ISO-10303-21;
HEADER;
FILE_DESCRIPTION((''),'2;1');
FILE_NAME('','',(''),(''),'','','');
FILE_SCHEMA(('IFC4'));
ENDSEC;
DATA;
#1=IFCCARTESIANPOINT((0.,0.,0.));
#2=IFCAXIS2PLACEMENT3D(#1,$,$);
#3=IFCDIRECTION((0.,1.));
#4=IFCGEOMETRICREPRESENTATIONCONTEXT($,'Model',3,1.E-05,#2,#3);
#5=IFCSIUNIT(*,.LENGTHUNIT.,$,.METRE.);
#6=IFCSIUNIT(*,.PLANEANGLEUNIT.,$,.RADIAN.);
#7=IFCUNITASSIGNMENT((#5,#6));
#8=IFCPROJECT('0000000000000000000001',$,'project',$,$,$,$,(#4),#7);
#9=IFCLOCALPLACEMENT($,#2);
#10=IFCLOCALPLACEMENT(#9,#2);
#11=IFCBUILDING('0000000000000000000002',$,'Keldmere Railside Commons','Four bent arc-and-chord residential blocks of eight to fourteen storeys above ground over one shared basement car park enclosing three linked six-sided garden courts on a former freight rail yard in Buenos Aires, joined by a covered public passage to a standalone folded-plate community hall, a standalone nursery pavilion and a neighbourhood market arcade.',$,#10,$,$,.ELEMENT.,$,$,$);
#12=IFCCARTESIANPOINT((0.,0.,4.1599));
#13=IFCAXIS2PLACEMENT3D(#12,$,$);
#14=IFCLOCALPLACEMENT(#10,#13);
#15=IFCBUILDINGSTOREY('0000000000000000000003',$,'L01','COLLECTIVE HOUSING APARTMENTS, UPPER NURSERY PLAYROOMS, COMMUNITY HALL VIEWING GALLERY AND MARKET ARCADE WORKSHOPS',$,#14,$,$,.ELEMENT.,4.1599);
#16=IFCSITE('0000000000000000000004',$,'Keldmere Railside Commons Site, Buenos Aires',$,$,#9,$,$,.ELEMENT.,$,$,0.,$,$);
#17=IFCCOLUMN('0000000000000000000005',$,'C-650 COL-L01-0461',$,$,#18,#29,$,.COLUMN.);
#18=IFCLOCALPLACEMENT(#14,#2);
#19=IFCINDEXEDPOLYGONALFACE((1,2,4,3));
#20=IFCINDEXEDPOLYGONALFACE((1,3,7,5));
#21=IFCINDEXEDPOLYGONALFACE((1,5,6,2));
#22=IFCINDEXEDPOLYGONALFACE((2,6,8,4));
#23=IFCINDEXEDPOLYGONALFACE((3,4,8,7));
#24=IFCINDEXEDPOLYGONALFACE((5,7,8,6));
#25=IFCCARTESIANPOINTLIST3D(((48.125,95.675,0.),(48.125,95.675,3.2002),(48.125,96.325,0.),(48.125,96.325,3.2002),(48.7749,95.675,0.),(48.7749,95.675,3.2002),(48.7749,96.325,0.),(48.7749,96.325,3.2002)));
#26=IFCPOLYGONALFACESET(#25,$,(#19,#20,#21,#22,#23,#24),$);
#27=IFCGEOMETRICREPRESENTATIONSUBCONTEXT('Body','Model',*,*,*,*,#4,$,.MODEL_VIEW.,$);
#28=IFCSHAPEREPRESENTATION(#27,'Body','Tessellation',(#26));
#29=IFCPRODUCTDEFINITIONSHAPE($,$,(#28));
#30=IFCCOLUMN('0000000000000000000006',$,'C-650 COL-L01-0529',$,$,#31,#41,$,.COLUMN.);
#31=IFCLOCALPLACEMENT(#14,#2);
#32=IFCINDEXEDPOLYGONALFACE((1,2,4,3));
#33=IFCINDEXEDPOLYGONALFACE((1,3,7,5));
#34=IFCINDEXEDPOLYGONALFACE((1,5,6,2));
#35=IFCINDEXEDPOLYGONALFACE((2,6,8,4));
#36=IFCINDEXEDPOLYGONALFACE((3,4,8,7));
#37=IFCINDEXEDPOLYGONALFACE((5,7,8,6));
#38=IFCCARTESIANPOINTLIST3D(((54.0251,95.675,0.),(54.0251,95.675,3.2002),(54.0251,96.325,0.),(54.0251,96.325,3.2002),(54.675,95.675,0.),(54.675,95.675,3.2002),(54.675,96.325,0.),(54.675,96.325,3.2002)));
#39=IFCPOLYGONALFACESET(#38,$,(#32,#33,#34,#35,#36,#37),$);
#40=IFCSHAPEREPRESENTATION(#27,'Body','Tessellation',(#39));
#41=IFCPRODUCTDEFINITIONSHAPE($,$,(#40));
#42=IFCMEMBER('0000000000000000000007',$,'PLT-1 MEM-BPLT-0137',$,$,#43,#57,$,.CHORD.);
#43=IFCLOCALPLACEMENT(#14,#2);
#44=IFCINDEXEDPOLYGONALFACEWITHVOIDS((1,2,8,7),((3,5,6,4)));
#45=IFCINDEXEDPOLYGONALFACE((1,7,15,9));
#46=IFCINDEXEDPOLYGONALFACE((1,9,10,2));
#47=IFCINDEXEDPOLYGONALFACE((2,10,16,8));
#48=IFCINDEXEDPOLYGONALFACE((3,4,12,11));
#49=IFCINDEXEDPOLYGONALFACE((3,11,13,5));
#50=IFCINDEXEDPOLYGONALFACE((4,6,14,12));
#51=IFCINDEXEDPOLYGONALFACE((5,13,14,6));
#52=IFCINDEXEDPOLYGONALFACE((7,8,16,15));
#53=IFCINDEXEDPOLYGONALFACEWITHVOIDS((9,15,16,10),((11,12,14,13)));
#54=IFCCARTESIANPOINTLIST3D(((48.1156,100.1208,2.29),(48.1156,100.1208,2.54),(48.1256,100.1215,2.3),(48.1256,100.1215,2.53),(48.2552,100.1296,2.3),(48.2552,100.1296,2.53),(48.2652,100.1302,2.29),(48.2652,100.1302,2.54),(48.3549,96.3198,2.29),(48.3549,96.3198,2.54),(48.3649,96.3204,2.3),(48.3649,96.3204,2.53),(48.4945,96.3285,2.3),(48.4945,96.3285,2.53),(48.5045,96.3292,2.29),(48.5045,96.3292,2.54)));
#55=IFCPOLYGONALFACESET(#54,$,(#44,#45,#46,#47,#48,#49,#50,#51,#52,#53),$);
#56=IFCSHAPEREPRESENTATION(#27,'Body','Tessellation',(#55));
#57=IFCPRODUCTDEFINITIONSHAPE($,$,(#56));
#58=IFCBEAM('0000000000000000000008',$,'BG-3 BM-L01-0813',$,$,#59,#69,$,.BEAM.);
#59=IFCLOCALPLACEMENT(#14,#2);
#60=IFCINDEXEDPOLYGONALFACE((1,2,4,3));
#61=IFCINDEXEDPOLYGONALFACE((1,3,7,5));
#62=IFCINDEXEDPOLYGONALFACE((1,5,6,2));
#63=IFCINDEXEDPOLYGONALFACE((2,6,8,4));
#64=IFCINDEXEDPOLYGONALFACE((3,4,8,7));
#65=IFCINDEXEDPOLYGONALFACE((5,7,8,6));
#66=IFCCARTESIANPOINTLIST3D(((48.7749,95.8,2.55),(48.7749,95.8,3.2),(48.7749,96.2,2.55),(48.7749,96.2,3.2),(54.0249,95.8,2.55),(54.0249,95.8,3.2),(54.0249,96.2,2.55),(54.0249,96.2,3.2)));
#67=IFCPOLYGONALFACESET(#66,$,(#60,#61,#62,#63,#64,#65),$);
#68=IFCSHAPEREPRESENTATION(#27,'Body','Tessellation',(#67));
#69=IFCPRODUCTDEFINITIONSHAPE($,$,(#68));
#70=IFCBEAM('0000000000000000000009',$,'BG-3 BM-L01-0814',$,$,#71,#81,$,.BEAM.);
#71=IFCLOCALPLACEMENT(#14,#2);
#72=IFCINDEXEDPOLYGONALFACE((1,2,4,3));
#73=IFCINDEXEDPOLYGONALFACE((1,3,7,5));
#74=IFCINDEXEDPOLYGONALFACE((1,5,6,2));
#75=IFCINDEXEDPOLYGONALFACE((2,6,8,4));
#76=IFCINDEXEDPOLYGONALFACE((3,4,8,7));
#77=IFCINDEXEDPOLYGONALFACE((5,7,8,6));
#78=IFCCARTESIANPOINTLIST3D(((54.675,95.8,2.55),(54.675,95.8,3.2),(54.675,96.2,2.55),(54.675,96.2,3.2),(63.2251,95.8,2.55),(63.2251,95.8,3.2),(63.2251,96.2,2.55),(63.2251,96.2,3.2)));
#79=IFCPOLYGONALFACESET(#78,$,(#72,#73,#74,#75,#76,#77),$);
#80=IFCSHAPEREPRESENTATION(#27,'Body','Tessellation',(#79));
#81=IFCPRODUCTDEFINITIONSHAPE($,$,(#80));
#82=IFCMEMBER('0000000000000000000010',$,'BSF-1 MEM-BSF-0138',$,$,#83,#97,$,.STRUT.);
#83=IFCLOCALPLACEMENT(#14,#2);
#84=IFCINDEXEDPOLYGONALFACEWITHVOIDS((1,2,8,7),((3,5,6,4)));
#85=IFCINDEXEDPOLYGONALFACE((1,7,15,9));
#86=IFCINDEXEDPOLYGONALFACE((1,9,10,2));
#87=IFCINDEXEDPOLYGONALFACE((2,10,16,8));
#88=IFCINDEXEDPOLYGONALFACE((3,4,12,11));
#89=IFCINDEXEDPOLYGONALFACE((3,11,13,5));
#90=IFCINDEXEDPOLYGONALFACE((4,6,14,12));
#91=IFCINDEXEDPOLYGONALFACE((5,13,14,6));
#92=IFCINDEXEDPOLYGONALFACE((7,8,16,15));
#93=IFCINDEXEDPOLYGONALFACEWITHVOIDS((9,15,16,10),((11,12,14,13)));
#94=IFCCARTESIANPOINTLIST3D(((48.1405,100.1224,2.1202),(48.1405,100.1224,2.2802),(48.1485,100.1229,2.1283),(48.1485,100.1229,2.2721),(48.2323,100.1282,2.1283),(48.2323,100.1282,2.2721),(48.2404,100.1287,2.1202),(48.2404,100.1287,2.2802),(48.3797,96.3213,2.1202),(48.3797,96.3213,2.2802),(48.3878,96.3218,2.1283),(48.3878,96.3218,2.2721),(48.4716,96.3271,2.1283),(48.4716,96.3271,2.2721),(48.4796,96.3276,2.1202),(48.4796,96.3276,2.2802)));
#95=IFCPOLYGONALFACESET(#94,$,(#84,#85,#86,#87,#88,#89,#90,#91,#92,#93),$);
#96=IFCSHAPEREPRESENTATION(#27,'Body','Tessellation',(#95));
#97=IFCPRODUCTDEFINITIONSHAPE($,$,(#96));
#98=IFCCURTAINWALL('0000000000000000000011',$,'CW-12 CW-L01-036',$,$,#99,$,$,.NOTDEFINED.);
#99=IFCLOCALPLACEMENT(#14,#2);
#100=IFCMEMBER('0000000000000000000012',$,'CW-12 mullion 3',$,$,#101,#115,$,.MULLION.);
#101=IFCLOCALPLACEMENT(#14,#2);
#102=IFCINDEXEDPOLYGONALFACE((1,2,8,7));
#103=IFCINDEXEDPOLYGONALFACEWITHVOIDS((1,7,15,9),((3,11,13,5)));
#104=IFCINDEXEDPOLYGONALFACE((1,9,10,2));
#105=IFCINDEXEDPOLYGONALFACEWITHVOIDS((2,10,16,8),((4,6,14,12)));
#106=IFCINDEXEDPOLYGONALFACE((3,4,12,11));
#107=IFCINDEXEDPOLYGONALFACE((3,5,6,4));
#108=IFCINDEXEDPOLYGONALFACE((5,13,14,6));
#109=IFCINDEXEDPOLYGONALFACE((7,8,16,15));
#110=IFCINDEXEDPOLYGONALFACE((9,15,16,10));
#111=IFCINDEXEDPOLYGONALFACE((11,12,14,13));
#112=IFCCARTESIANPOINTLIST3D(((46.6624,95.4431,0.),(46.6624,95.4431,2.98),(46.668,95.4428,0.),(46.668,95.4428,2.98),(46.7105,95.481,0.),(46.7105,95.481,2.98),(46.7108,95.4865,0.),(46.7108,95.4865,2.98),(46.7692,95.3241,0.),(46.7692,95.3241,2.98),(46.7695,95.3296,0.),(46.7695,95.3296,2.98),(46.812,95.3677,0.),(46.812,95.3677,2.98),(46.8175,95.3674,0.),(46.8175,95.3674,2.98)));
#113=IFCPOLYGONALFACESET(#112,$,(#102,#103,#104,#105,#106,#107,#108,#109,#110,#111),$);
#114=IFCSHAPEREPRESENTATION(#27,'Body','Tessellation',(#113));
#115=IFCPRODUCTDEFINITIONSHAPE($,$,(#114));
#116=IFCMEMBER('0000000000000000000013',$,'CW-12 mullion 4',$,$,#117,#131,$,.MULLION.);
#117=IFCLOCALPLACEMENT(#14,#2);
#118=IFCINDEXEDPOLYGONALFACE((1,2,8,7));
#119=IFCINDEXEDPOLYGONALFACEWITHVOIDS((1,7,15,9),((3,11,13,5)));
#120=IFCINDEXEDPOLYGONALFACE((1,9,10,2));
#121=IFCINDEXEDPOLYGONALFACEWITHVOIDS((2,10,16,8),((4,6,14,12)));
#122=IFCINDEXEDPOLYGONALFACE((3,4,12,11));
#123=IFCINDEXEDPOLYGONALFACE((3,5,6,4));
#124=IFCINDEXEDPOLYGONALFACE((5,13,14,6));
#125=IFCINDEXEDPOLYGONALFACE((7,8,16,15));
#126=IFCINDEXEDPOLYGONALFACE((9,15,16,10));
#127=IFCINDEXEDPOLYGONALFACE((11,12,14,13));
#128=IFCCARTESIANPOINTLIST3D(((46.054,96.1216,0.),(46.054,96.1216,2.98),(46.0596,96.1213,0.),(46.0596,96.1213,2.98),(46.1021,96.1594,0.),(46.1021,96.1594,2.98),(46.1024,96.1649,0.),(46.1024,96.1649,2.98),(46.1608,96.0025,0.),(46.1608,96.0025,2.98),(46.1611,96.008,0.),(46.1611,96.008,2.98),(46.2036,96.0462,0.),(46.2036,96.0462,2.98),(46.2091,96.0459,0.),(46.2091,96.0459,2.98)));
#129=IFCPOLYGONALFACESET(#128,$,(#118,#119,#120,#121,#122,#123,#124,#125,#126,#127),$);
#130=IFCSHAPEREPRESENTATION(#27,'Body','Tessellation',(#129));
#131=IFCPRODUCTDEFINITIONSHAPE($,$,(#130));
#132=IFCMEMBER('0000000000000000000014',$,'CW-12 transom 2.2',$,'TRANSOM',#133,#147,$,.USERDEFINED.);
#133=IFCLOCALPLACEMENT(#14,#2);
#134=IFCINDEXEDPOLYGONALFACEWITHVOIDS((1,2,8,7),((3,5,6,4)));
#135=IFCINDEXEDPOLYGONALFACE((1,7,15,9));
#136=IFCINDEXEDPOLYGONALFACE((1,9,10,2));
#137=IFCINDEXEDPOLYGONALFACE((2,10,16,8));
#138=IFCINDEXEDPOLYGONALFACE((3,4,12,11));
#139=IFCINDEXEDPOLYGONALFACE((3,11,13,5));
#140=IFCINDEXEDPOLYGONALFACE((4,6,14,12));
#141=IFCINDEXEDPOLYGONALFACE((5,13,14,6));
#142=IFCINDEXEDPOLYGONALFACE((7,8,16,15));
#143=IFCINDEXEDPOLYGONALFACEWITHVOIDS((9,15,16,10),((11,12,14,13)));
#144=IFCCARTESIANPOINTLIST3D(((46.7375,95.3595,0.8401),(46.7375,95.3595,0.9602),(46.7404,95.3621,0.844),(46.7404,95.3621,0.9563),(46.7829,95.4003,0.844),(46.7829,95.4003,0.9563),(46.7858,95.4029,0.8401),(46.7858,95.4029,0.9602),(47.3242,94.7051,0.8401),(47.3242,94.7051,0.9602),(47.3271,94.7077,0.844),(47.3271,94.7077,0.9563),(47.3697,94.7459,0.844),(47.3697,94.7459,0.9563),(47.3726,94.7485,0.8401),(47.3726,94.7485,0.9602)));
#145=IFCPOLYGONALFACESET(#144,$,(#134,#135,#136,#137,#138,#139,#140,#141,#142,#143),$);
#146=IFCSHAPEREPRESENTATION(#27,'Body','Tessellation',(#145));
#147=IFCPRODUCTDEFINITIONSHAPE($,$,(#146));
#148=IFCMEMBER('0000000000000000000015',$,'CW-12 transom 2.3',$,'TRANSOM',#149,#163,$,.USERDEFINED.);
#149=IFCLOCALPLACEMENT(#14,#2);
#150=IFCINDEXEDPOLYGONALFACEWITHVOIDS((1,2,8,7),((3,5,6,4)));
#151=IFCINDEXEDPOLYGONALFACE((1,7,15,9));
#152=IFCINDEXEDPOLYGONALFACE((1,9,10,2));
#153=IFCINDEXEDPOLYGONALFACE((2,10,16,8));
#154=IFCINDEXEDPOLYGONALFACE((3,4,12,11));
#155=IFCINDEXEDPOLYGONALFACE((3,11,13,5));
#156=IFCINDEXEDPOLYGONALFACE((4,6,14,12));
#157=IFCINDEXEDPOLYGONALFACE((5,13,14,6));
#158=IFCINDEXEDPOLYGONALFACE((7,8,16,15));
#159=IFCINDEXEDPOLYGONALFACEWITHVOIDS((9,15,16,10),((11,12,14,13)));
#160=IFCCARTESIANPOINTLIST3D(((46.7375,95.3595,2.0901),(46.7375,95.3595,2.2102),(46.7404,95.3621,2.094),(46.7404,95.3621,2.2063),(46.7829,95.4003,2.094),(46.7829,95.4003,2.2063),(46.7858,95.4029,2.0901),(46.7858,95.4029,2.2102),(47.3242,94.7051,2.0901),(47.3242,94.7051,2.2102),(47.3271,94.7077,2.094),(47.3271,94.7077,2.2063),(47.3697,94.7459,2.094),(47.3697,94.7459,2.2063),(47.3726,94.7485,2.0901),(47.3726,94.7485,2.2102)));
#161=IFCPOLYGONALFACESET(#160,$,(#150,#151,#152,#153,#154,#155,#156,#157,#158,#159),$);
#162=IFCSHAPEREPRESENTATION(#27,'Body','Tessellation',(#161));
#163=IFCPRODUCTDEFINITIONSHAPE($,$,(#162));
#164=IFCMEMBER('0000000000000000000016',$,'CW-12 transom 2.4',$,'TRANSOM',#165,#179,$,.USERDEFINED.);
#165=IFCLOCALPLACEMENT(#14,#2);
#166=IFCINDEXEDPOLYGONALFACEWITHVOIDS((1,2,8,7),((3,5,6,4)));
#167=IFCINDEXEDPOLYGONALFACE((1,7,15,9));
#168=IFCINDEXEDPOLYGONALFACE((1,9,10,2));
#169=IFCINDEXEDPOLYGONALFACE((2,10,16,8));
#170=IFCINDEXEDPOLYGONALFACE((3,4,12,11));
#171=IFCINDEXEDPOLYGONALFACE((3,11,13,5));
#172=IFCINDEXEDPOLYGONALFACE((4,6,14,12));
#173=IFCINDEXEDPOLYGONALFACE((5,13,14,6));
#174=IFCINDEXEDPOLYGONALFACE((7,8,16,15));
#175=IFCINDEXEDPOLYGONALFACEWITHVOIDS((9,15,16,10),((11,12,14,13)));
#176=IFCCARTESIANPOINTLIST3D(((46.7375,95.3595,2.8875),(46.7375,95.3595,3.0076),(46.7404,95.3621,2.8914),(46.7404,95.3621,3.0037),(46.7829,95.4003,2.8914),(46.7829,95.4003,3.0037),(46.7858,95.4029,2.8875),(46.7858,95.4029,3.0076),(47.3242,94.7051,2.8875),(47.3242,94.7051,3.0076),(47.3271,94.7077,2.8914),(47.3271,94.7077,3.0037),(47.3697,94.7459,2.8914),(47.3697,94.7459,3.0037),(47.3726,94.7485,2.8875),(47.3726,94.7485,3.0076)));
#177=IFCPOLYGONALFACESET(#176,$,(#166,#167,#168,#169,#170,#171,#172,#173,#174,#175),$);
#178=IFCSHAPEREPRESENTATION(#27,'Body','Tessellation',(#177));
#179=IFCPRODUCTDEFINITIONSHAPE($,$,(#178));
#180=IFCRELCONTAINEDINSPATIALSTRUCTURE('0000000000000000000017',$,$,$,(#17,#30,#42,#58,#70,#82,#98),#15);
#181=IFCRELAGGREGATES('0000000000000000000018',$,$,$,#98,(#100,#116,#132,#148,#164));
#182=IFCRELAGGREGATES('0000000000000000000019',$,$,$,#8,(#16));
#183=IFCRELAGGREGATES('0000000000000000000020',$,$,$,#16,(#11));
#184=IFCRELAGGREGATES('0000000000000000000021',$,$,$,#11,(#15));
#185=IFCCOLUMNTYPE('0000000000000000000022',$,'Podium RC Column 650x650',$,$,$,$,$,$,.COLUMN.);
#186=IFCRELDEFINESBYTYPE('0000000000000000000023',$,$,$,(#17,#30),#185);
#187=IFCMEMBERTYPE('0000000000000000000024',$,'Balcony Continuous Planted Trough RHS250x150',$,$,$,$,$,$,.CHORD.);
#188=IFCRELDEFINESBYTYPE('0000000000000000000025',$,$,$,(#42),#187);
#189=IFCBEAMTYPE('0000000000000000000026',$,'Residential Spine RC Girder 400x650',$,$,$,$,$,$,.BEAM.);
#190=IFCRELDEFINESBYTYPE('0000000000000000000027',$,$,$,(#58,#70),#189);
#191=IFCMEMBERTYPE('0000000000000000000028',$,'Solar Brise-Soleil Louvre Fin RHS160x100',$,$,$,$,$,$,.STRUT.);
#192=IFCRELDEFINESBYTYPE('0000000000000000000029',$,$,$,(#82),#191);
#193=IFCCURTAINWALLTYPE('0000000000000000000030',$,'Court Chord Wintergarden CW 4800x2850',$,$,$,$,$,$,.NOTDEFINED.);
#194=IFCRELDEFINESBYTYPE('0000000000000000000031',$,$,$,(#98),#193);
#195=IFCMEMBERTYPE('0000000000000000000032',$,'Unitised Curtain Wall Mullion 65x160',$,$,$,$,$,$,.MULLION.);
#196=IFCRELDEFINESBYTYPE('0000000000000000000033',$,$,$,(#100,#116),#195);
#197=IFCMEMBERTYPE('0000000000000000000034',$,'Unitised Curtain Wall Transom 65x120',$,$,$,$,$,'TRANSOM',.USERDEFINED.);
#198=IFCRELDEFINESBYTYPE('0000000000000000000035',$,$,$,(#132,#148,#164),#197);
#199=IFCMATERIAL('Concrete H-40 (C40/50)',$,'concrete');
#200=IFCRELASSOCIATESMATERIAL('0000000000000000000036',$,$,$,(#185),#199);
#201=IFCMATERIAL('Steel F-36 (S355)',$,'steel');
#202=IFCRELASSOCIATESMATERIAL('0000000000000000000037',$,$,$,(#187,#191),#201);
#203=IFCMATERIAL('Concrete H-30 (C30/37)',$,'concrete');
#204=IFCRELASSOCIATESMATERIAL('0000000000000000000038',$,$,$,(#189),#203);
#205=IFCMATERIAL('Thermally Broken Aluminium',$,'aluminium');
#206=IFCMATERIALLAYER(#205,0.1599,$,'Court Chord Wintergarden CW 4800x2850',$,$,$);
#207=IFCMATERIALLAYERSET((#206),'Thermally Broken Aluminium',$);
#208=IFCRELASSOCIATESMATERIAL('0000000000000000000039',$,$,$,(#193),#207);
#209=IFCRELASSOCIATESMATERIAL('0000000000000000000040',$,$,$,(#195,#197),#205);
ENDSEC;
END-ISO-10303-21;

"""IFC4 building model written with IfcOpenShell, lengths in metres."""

from ifc_helpers import new_model, si_unit, direction, frame, origin, origin_2d, place, context, subcontext, project, spatial, rectangle, hollow_rectangle, extrude, material, layer, layer_set, material_profile, profile_set, type_object, element, aggregate, save


model = new_model("IFC4")

# Units and contexts
model_context = context("Model", 3, precision=1e-05, world=origin(), true_north=direction((0.0, 1.0)))
body_context = subcontext(model_context, "Body", "Model", "MODEL_VIEW")
ifc_project = project(units=[si_unit("LENGTHUNIT", "METRE"), si_unit("PLANEANGLEUNIT", "RADIAN")], contexts=[model_context])

# Site, building, storey
site_placement = place(None, origin())
site = spatial("IfcSite", under=ifc_project, at=site_placement, Name="Keldmere Railside Commons Site, Buenos Aires", CompositionType="ELEMENT", RefElevation=0.0)
building_placement = place(site_placement, origin())
building = spatial("IfcBuilding", under=site, at=building_placement, Name="Keldmere Railside Commons", Description="Four bent arc-and-chord residential blocks of eight to fourteen storeys above ground over one shared basement car park enclosing three linked six-sided garden courts on a former freight rail yard in Buenos Aires, joined by a covered public passage to a standalone folded-plate community hall, a standalone nursery pavilion and a neighbourhood market arcade.", CompositionType="ELEMENT")
storey_placement = place(building_placement, frame((0.0, 0.0, 4.1599)))
storey = spatial("IfcBuildingStorey", under=building, at=storey_placement, Name="L01", Description="COLLECTIVE HOUSING APARTMENTS, UPPER NURSERY PLAYROOMS, COMMUNITY HALL VIEWING GALLERY AND MARKET ARCADE WORKSHOPS", CompositionType="ELEMENT", Elevation=4.1599)

# Columns
ifc_material_1 = material(Name="Concrete H-40 (C40/50)", Category="concrete")
ifc_material_profile_1 = material_profile(ifc_material_1, rectangle(XDim=0.6499, YDim=0.6499, at=origin_2d()), Name="RC-650x650")
ifc_profile_set_1 = profile_set([ifc_material_profile_1], Name="Concrete H-40 (C40/50)")
column_type = type_object("IfcColumnType", Name="Podium RC Column 650x650", PredefinedType="COLUMN", material=ifc_profile_set_1)
for number, where, z_axis, x_axis, name in (
    (1, (48.45, 96.0, 0.0), (0.0, 0.0, 1.0), (1.0, 0.0, 0.0), "C-650 COL-L01-0461"),
    (2, (54.3501, 96.0, 0.0), (0.0, 0.0, 1.0), (1.0, 0.0, 0.0), "C-650 COL-L01-0529"),
):
    element("IfcColumn", number, at=place(storey_placement, frame(where, z_axis=z_axis, x_axis=x_axis)), inside=storey, type_object=column_type, Name=name, PredefinedType="COLUMN", context=body_context, shape_type="SweptSolid", body=[
        extrude(rectangle(XDim=0.6499, YDim=0.6499, at=origin_2d()), origin(), (0.0, 0.0, 1.0), 3.2002),
    ])

# Member
ifc_material_2 = material(Name="Steel F-36 (S355)", Category="steel")
ifc_material_profile_2 = material_profile(ifc_material_2, hollow_rectangle(XDim=0.1499, YDim=0.25, WallThickness=0.01, at=origin_2d()), Name="RHS-250x150x10")
ifc_profile_set_2 = profile_set([ifc_material_profile_2], Name="Steel F-36 (S355)")
member_type_1 = type_object("IfcMemberType", Name="Balcony Continuous Planted Trough RHS250x150", PredefinedType="CHORD", material=ifc_profile_set_2)
member_1_placement = place(storey_placement, frame((48.4297, 96.3245, 2.415), z_axis=(-0.062821, 0.998025, 0.0), x_axis=(-0.998025, -0.062821, 0.0)))
element("IfcMember", 3, at=member_1_placement, inside=storey, type_object=member_type_1, Name="PLT-1 MEM-BPLT-0137", PredefinedType="CHORD", context=body_context, shape_type="SweptSolid", body=[
    extrude(hollow_rectangle(XDim=0.1499, YDim=0.25, WallThickness=0.01, at=origin_2d()), origin(), (0.0, 0.0, 1.0), 3.8086),
])

# Beams
ifc_material_3 = material(Name="Concrete H-30 (C30/37)", Category="concrete")
ifc_material_profile_3 = material_profile(ifc_material_3, rectangle(XDim=0.3999, YDim=0.6499, at=origin_2d()), Name="RC-400x650")
ifc_profile_set_3 = profile_set([ifc_material_profile_3], Name="Concrete H-30 (C30/37)")
beam_type = type_object("IfcBeamType", Name="Residential Spine RC Girder 400x650", PredefinedType="BEAM", material=ifc_profile_set_3)
beam_1_placement = place(storey_placement, frame((48.7749, 96.0, 2.875), z_axis=(1.0, 0.0, 0.0), x_axis=(0.0, 1.0, 0.0)))
element("IfcBeam", 4, at=beam_1_placement, inside=storey, type_object=beam_type, Name="BG-3 BM-L01-0813", PredefinedType="BEAM", context=body_context, shape_type="SweptSolid", body=[
    extrude(rectangle(XDim=0.3999, YDim=0.6499, at=origin_2d()), origin(), (0.0, 0.0, 1.0), 5.25),
])
beam_2_placement = place(storey_placement, frame((54.675, 96.0, 2.875), z_axis=(1.0, 0.0, 0.0), x_axis=(0.0, 1.0, 0.0)))
element("IfcBeam", 5, at=beam_2_placement, inside=storey, type_object=beam_type, Name="BG-3 BM-L01-0814", PredefinedType="BEAM", context=body_context, shape_type="SweptSolid", body=[
    extrude(rectangle(XDim=0.3999, YDim=0.6499, at=origin_2d()), origin(), (0.0, 0.0, 1.0), 8.55),
])

# Member
ifc_material_profile_4 = material_profile(ifc_material_2, hollow_rectangle(XDim=0.1001, YDim=0.1599, WallThickness=0.0081, at=origin_2d()), Name="RHS-160x100x8")
ifc_profile_set_4 = profile_set([ifc_material_profile_4], Name="Steel F-36 (S355)")
member_type_2 = type_object("IfcMemberType", Name="Solar Brise-Soleil Louvre Fin RHS160x100", PredefinedType="STRUT", material=ifc_profile_set_4)
member_2_placement = place(storey_placement, frame((48.4297, 96.3245, 2.2002), z_axis=(-0.062821, 0.998025, 0.0), x_axis=(-0.998025, -0.062821, 0.0)))
element("IfcMember", 6, at=member_2_placement, inside=storey, type_object=member_type_2, Name="BSF-1 MEM-BSF-0138", PredefinedType="STRUT", context=body_context, shape_type="SweptSolid", body=[
    extrude(hollow_rectangle(XDim=0.1001, YDim=0.1599, WallThickness=0.0081, at=origin_2d()), origin(), (0.0, 0.0, 1.0), 3.8086),
])

# Curtain wall, members
ifc_material_4 = material(Name="Thermally Broken Aluminium", Category="aluminium")
ifc_layer_1 = layer(ifc_material_4, 0.1599, Name="Court Chord Wintergarden CW 4800x2850")
ifc_layer_set_1 = layer_set([ifc_layer_1], Name="Thermally Broken Aluminium")
curtain_wall_type = type_object("IfcCurtainWallType", Name="Court Chord Wintergarden CW 4800x2850", PredefinedType="NOTDEFINED", material=ifc_layer_set_1)
curtain_wall_placement = place(storey_placement, origin())
curtain_wall = element("IfcCurtainWall", 7, at=curtain_wall_placement, inside=storey, type_object=curtain_wall_type, Name="CW-12 CW-L01-036", PredefinedType="NOTDEFINED")
ifc_material_profile_5 = material_profile(ifc_material_4, hollow_rectangle(XDim=0.0649, YDim=0.1599, WallThickness=0.0039, at=origin_2d()), Name="ALU-MULL-65x160")
ifc_profile_set_5 = profile_set([ifc_material_profile_5], Name="Thermally Broken Aluminium")
member_type_3 = type_object("IfcMemberType", Name="Unitised Curtain Wall Mullion 65x160", PredefinedType="MULLION", material=ifc_profile_set_5)
member_3_placement = place(storey_placement, frame((46.74, 95.4053, 0.0), z_axis=(0.0, 0.0, 1.0), x_axis=(-0.744557, -0.667559, 0.0)))
member_3 = element("IfcMember", 8, at=member_3_placement, type_object=member_type_3, Name="CW-12 mullion 3", PredefinedType="MULLION", context=body_context, shape_type="SweptSolid", body=[
    extrude(hollow_rectangle(XDim=0.0649, YDim=0.1599, WallThickness=0.0039, at=origin_2d()), origin(), (0.0, 0.0, 1.0), 2.98),
])
member_4_placement = place(storey_placement, frame((46.1316, 96.0837, 0.0), z_axis=(0.0, 0.0, 1.0), x_axis=(-0.744557, -0.667559, 0.0)))
member_4 = element("IfcMember", 9, at=member_4_placement, type_object=member_type_3, Name="CW-12 mullion 4", PredefinedType="MULLION", context=body_context, shape_type="SweptSolid", body=[
    extrude(hollow_rectangle(XDim=0.0649, YDim=0.1599, WallThickness=0.0039, at=origin_2d()), origin(), (0.0, 0.0, 1.0), 2.98),
])
ifc_material_profile_6 = material_profile(ifc_material_4, hollow_rectangle(XDim=0.0649, YDim=0.1201, WallThickness=0.0039, at=origin_2d()), Name="ALU-TRAN-65x120")
ifc_profile_set_6 = profile_set([ifc_material_profile_6], Name="Thermally Broken Aluminium")
member_type_4 = type_object("IfcMemberType", Name="Unitised Curtain Wall Transom 65x120", ElementType="TRANSOM", PredefinedType="USERDEFINED", material=ifc_profile_set_6)
member_5_placement = place(storey_placement, frame((47.3484, 94.7268, 0.9001), z_axis=(-0.667582, 0.744536, 0.0), x_axis=(-0.744536, -0.667582, 0.0)))
member_5 = element("IfcMember", 10, at=member_5_placement, type_object=member_type_4, Name="CW-12 transom 2.2", ObjectType="TRANSOM", PredefinedType="USERDEFINED", context=body_context, shape_type="SweptSolid", body=[
    extrude(hollow_rectangle(XDim=0.0649, YDim=0.1201, WallThickness=0.0039, at=origin_2d()), origin(), (0.0, 0.0, 1.0), 0.8789),
])
member_6_placement = place(storey_placement, frame((47.3484, 94.7268, 2.1501), z_axis=(-0.667582, 0.744536, 0.0), x_axis=(-0.744536, -0.667582, 0.0)))
member_6 = element("IfcMember", 11, at=member_6_placement, type_object=member_type_4, Name="CW-12 transom 2.3", ObjectType="TRANSOM", PredefinedType="USERDEFINED", context=body_context, shape_type="SweptSolid", body=[
    extrude(hollow_rectangle(XDim=0.0649, YDim=0.1201, WallThickness=0.0039, at=origin_2d()), origin(), (0.0, 0.0, 1.0), 0.8789),
])
member_7_placement = place(storey_placement, frame((47.3484, 94.7268, 2.9475), z_axis=(-0.667582, 0.744536, 0.0), x_axis=(-0.744536, -0.667582, 0.0)))
member_7 = element("IfcMember", 12, at=member_7_placement, type_object=member_type_4, Name="CW-12 transom 2.4", ObjectType="TRANSOM", PredefinedType="USERDEFINED", context=body_context, shape_type="SweptSolid", body=[
    extrude(hollow_rectangle(XDim=0.0649, YDim=0.1201, WallThickness=0.0039, at=origin_2d()), origin(), (0.0, 0.0, 1.0), 0.8789),
])
aggregate(curtain_wall, [member_3, member_4, member_5, member_6, member_7])

save(model, "model.ifc")
